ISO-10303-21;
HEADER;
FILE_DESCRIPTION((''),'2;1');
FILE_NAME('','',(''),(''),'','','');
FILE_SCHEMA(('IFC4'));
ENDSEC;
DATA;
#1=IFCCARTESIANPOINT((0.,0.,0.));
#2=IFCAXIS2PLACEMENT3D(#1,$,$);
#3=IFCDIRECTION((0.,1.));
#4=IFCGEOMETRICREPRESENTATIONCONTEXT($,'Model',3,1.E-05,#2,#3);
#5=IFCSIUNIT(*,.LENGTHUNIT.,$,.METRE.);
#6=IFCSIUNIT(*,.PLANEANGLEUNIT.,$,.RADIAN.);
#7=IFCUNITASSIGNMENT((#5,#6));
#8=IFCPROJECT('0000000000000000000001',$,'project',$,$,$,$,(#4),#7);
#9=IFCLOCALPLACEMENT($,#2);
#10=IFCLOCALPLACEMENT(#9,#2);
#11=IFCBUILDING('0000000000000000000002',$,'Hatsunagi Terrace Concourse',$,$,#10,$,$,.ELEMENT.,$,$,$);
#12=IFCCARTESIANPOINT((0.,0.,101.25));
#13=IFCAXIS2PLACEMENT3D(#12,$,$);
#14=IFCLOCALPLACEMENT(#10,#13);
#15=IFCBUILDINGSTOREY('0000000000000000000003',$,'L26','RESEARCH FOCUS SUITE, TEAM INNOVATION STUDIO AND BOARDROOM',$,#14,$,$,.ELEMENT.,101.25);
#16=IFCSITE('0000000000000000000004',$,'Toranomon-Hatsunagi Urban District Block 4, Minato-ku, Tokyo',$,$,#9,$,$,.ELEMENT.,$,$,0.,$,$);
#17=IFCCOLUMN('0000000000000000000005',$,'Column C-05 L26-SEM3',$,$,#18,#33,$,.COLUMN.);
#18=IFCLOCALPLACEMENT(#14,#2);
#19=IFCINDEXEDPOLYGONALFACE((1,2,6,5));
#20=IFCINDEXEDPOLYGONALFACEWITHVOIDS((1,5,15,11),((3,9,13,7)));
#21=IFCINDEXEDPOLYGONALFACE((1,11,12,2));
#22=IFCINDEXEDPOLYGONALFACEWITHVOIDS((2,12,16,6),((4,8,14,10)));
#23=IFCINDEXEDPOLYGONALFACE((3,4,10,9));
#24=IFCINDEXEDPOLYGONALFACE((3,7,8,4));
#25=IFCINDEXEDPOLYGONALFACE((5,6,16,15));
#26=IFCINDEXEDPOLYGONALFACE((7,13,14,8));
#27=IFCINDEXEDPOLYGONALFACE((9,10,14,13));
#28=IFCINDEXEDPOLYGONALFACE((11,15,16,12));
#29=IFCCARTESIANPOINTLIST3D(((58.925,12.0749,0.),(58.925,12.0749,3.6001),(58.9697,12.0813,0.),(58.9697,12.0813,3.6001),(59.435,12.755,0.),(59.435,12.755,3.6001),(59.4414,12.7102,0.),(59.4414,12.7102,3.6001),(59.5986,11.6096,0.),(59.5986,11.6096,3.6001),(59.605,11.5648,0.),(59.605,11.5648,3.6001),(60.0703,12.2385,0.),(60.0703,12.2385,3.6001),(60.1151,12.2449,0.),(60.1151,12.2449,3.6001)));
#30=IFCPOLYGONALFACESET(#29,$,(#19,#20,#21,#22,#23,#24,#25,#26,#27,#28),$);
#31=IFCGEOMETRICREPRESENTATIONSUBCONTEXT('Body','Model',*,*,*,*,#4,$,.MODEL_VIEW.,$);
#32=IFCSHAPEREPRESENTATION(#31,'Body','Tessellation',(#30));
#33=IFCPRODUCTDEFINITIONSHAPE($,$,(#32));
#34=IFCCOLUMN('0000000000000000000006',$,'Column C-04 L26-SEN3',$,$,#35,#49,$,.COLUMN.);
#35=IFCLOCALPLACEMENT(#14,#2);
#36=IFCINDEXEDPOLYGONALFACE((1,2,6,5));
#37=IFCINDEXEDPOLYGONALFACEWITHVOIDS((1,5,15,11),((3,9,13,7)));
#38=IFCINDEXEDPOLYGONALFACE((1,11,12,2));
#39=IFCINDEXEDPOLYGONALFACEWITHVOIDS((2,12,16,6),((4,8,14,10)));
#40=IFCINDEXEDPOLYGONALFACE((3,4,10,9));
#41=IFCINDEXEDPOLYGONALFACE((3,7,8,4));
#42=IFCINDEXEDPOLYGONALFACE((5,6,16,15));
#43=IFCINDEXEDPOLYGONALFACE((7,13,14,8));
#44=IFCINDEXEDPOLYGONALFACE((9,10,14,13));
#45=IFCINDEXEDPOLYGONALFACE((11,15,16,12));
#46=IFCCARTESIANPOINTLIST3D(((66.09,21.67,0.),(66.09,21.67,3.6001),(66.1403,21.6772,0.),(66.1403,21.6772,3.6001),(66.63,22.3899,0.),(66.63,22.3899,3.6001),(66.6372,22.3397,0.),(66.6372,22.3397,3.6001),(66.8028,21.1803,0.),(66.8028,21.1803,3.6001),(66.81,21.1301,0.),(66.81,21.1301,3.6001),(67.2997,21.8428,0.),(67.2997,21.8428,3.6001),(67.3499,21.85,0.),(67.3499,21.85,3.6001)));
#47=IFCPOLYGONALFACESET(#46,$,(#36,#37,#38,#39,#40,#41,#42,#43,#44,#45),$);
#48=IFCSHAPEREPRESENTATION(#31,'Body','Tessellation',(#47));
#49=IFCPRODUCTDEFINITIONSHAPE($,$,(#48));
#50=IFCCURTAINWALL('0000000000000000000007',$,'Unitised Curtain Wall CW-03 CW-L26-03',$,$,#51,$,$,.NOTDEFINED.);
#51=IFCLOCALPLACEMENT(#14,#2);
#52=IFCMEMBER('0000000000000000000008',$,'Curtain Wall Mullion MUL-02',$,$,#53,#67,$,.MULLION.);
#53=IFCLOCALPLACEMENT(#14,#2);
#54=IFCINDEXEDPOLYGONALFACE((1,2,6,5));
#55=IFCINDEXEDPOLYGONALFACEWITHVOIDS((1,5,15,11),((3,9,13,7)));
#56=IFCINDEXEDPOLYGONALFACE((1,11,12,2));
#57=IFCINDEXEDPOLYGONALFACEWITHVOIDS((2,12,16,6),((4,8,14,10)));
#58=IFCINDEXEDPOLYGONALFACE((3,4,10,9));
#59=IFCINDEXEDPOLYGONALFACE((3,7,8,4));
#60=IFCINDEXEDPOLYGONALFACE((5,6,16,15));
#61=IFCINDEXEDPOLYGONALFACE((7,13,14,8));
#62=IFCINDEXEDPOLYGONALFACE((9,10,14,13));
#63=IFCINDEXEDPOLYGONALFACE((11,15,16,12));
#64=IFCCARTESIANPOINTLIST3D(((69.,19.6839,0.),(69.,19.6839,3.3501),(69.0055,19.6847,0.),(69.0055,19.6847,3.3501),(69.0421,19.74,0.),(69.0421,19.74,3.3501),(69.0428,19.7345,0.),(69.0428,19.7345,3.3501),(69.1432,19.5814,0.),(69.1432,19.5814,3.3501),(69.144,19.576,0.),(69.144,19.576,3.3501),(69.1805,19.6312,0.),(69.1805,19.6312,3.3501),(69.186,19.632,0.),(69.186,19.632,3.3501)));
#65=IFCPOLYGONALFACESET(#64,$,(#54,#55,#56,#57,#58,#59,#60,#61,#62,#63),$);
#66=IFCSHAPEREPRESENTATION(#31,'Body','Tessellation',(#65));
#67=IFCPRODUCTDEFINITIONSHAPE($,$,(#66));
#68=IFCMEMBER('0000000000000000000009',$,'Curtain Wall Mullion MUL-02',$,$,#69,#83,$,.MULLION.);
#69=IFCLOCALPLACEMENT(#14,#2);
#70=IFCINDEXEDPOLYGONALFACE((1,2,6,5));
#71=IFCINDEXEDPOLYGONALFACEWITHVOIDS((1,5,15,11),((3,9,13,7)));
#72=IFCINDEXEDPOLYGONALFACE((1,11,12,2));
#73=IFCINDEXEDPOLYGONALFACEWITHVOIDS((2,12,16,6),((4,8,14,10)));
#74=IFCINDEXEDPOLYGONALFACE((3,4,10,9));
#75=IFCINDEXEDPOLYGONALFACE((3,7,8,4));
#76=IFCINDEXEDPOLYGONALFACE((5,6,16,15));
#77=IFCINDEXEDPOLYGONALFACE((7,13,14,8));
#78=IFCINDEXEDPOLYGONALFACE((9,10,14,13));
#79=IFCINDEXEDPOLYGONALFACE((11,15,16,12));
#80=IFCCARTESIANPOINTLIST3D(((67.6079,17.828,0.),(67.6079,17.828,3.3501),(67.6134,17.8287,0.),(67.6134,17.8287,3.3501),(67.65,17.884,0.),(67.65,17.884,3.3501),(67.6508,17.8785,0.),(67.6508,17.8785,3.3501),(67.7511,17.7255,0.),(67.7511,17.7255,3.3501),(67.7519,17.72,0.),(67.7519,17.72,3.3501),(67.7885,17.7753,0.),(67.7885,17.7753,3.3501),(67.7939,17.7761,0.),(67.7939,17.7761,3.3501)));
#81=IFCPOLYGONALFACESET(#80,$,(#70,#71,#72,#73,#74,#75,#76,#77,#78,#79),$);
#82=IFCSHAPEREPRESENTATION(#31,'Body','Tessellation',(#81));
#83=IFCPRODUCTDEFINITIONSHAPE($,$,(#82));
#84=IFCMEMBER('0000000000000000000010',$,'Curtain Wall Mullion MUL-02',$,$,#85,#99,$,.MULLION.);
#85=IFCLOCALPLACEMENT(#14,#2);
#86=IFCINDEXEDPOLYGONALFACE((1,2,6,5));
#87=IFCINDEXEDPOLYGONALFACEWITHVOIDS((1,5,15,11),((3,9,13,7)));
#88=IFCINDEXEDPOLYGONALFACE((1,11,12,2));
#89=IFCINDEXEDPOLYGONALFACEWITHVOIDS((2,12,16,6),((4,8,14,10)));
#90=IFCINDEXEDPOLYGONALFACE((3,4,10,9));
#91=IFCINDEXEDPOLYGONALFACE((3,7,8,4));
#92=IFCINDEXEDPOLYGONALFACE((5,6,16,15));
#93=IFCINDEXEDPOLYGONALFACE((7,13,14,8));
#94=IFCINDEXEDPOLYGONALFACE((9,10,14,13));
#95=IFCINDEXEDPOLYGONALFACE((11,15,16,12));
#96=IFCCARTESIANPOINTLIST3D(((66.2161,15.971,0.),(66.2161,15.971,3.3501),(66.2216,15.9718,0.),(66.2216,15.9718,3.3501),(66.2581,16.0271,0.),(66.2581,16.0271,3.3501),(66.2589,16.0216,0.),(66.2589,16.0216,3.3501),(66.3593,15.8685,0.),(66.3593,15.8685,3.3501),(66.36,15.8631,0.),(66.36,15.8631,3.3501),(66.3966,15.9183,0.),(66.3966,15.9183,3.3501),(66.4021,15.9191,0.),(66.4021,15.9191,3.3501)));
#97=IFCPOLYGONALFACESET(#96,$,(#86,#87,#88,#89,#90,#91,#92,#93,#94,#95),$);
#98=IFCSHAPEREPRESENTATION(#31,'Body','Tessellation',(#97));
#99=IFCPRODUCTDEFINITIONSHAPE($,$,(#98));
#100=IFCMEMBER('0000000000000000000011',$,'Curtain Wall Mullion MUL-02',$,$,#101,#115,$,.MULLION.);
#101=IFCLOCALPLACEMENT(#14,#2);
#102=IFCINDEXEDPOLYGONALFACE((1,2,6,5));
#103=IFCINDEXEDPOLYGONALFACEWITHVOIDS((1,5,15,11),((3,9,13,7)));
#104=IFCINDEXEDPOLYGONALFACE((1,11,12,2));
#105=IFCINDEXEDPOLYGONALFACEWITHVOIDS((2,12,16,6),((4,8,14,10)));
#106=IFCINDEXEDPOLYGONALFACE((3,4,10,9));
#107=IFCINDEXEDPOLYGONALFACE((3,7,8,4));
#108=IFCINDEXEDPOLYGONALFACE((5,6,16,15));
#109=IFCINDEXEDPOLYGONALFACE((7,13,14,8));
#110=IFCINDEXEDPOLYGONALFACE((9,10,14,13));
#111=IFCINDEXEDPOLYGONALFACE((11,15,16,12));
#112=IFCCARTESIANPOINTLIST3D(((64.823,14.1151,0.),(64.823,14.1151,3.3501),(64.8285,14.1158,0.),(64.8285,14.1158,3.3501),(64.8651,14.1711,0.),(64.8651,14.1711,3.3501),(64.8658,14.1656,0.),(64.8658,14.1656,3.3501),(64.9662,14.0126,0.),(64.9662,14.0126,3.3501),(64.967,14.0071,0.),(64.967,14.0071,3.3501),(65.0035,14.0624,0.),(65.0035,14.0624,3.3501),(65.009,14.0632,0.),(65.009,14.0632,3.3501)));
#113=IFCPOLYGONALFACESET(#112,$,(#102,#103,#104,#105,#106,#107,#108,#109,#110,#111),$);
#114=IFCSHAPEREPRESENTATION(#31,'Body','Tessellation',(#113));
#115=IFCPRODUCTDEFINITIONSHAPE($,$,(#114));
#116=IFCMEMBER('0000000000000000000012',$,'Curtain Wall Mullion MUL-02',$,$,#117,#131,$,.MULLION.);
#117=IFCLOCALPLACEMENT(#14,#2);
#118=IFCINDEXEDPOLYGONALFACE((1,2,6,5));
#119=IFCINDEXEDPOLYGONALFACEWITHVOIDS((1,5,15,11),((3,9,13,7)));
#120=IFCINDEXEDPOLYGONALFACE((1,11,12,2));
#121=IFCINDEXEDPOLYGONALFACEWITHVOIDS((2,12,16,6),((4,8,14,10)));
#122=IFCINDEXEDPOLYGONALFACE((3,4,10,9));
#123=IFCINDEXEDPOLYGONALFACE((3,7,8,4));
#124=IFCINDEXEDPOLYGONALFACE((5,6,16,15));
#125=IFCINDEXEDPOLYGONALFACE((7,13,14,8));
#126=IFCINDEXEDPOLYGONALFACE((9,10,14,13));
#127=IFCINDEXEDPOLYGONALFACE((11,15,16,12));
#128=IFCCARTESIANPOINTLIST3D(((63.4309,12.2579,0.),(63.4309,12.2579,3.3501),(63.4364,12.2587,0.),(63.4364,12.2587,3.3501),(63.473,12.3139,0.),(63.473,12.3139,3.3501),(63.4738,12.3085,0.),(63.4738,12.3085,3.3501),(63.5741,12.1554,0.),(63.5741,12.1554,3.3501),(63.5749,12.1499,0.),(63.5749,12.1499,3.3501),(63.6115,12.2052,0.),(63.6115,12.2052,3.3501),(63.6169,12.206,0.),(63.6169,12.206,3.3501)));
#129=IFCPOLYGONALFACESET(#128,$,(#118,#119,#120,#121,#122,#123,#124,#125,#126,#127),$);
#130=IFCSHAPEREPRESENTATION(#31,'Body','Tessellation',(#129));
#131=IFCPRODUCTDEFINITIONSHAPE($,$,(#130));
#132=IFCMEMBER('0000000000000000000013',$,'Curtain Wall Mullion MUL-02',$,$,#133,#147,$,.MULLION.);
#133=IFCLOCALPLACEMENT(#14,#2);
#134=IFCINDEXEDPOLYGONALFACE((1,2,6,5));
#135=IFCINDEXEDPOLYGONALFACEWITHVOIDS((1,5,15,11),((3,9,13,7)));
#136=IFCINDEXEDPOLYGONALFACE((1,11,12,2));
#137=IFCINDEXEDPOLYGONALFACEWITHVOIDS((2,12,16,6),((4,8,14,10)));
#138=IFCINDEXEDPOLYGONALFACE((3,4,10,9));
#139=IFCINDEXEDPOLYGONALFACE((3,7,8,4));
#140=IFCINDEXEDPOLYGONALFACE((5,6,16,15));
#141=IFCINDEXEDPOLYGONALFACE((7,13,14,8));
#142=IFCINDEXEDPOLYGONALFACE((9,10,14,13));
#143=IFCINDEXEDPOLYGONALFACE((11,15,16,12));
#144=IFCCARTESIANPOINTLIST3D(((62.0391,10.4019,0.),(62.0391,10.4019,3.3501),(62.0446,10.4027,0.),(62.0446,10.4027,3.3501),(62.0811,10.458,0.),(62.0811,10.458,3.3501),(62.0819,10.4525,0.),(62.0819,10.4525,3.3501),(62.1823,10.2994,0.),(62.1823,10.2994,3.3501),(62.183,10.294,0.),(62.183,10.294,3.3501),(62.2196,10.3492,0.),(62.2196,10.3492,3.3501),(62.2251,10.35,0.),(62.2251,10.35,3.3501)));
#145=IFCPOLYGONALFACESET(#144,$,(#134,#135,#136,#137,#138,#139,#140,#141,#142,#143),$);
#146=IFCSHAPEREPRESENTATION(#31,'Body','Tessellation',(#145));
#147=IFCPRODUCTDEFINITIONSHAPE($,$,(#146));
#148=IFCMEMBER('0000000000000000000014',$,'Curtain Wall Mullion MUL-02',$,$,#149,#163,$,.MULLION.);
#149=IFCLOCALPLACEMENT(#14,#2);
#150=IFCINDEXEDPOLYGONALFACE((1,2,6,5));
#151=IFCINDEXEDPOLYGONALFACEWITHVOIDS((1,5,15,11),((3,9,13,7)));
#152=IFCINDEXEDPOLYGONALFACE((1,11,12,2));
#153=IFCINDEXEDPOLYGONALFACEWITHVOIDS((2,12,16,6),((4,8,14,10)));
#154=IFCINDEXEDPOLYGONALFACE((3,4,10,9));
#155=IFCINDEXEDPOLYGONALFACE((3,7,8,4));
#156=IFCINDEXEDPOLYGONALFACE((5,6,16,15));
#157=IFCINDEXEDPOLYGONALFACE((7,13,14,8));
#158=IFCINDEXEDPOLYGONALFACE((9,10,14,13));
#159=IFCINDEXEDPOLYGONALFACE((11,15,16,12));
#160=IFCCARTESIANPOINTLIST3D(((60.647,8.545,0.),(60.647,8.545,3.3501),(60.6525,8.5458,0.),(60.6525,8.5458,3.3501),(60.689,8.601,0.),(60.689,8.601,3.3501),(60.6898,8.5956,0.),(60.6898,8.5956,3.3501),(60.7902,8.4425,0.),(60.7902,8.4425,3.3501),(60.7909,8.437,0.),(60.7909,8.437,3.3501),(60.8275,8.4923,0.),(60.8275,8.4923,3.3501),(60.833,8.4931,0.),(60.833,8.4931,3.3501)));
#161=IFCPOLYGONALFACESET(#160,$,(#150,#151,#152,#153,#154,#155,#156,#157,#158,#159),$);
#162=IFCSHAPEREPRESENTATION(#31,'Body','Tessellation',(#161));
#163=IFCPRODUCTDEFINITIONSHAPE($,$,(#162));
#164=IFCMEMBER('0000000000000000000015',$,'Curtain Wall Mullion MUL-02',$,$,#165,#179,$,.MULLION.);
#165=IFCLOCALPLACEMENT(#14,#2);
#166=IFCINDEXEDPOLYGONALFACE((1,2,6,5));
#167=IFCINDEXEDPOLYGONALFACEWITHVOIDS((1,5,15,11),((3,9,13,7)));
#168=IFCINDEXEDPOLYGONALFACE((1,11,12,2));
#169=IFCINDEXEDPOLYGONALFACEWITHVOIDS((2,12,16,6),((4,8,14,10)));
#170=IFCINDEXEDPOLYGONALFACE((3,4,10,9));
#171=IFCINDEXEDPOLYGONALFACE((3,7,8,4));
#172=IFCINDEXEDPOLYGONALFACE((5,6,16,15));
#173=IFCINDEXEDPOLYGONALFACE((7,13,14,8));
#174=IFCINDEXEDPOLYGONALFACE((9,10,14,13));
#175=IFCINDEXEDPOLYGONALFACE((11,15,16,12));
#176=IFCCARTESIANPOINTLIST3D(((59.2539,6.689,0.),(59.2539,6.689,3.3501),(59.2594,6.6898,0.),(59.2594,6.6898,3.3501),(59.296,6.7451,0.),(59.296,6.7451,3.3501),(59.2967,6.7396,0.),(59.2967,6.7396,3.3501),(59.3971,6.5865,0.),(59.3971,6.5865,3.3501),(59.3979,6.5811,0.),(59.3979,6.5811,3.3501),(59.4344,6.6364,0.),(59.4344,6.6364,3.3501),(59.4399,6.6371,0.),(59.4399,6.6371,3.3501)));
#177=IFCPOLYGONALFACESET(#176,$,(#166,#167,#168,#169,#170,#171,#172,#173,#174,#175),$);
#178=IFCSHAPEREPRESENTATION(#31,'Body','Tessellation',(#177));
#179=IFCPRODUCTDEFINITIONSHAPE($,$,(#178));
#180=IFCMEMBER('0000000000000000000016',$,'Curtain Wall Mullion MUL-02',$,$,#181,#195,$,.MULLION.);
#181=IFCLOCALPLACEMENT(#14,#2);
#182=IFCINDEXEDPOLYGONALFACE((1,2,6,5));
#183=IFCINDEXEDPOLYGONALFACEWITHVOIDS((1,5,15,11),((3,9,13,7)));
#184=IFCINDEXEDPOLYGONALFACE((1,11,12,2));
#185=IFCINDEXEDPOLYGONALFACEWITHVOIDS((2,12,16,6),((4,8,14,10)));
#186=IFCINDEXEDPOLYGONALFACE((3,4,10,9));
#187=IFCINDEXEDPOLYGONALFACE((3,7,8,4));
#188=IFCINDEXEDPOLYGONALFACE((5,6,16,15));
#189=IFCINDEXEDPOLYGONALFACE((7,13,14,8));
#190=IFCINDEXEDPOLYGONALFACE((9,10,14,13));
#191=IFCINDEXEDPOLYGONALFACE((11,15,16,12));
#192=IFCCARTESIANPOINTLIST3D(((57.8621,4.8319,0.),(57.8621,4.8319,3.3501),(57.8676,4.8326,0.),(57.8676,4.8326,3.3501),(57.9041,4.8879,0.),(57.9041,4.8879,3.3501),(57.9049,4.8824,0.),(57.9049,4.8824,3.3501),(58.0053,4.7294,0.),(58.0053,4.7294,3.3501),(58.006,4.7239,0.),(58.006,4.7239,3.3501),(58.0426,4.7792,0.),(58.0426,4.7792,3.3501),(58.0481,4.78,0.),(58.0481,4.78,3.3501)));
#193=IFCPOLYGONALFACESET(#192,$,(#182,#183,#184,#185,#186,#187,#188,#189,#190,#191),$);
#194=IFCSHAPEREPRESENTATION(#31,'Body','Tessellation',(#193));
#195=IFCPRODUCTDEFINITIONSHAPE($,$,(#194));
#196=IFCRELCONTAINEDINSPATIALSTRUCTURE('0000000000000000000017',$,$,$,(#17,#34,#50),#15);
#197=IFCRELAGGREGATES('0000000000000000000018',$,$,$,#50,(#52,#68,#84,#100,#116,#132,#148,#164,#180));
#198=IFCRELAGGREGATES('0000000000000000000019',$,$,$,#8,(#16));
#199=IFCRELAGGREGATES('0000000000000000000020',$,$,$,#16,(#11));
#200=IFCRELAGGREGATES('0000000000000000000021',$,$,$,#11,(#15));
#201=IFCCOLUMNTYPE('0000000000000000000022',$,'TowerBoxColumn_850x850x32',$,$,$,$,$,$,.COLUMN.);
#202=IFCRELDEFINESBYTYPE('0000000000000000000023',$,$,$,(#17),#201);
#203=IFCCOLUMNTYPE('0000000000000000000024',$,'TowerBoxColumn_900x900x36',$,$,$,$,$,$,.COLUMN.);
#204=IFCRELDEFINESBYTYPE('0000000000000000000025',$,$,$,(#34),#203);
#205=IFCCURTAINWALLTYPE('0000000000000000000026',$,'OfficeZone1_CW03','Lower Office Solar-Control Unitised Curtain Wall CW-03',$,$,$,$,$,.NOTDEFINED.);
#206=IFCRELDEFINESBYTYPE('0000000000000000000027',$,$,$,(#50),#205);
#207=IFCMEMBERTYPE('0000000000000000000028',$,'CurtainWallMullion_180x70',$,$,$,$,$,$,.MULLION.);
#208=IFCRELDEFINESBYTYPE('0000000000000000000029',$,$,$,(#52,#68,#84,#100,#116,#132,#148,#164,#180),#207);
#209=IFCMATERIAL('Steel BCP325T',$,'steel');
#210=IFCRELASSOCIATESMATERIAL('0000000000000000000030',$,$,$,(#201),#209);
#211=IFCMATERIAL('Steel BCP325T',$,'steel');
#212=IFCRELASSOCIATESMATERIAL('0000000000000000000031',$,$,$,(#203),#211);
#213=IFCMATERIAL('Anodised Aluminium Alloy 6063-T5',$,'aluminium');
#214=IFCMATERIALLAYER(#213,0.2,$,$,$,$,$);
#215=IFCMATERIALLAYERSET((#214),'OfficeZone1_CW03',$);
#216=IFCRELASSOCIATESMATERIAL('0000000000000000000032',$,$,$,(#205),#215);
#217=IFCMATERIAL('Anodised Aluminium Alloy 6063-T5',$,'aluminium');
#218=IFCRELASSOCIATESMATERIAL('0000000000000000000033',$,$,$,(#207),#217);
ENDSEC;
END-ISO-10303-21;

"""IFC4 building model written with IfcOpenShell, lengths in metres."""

from ifc_helpers import new_model, si_unit, direction, frame, origin, origin_2d, place, context, subcontext, project, spatial, hollow_rectangle, extrude, material, layer, layer_set, material_profile, profile_set, type_object, element, aggregate, save


model = new_model("IFC4")

# Units and contexts
model_context = context("Model", 3, precision=1e-05, world=origin(), true_north=direction((0.0, 1.0)))
body_context = subcontext(model_context, "Body", "Model", "MODEL_VIEW")
ifc_project = project(units=[si_unit("LENGTHUNIT", "METRE"), si_unit("PLANEANGLEUNIT", "RADIAN")], contexts=[model_context])

# Site, building, storey
site_placement = place(None, origin())
site = spatial("IfcSite", under=ifc_project, at=site_placement, Name="Toranomon-Hatsunagi Urban District Block 4, Minato-ku, Tokyo", CompositionType="ELEMENT", RefElevation=0.0)
building_placement = place(site_placement, origin())
building = spatial("IfcBuilding", under=site, at=building_placement, Name="Hatsunagi Terrace Concourse", CompositionType="ELEMENT")
storey_placement = place(building_placement, frame((0.0, 0.0, 101.25)))
storey = spatial("IfcBuildingStorey", under=building, at=storey_placement, Name="L26", Description="RESEARCH FOCUS SUITE, TEAM INNOVATION STUDIO AND BOARDROOM", CompositionType="ELEMENT", Elevation=101.25)

# Columns
ifc_material_1 = material(Name="Steel BCP325T", Category="steel")
ifc_material_profile_1 = material_profile(ifc_material_1, hollow_rectangle(XDim=0.8501, YDim=0.8501, WallThickness=0.032, at=origin_2d()), Name="BCP-850x850x32")
ifc_profile_set_1 = profile_set([ifc_material_profile_1], Name="Steel BCP325T")
column_type_1 = type_object("IfcColumnType", Name="TowerBoxColumn_850x850x32", PredefinedType="COLUMN", material=ifc_profile_set_1)
column_1_placement = place(storey_placement, frame((59.52, 12.1599, 0.0), z_axis=(0.0, 0.0, 1.0), x_axis=(0.8, -0.6, 0.0)))
element("IfcColumn", 1, at=column_1_placement, inside=storey, type_object=column_type_1, Name="Column C-05 L26-SEM3", PredefinedType="COLUMN", context=body_context, shape_type="SweptSolid", body=[
    extrude(hollow_rectangle(XDim=0.8501, YDim=0.8501, WallThickness=0.032, at=origin_2d()), origin(), (0.0, 0.0, 1.0), 3.6001),
])
ifc_material_2 = material(Name="Steel BCP325T", Category="steel")
ifc_material_profile_2 = material_profile(ifc_material_2, hollow_rectangle(XDim=0.8999, YDim=0.8999, WallThickness=0.0359, at=origin_2d()), Name="BCP-900x900x36")
ifc_profile_set_2 = profile_set([ifc_material_profile_2], Name="Steel BCP325T")
column_type_2 = type_object("IfcColumnType", Name="TowerBoxColumn_900x900x36", PredefinedType="COLUMN", material=ifc_profile_set_2)
column_2_placement = place(storey_placement, frame((66.72, 21.76, 0.0), z_axis=(0.0, 0.0, 1.0), x_axis=(0.8, -0.6, 0.0)))
element("IfcColumn", 2, at=column_2_placement, inside=storey, type_object=column_type_2, Name="Column C-04 L26-SEN3", PredefinedType="COLUMN", context=body_context, shape_type="SweptSolid", body=[
    extrude(hollow_rectangle(XDim=0.8999, YDim=0.8999, WallThickness=0.0359, at=origin_2d()), origin(), (0.0, 0.0, 1.0), 3.6001),
])

# Curtain wall, members
ifc_material_3 = material(Name="Anodised Aluminium Alloy 6063-T5", Category="aluminium")
ifc_layer_1 = layer(ifc_material_3, 0.2)
ifc_layer_set_1 = layer_set([ifc_layer_1], Name="OfficeZone1_CW03")
curtain_wall_type = type_object("IfcCurtainWallType", Name="OfficeZone1_CW03", Description="Lower Office Solar-Control Unitised Curtain Wall CW-03", PredefinedType="NOTDEFINED", material=ifc_layer_set_1)
curtain_wall_placement = place(storey_placement, origin())
curtain_wall = element("IfcCurtainWall", 3, at=curtain_wall_placement, inside=storey, type_object=curtain_wall_type, Name="Unitised Curtain Wall CW-03 CW-L26-03", PredefinedType="NOTDEFINED")
ifc_material_4 = material(Name="Anodised Aluminium Alloy 6063-T5", Category="aluminium")
ifc_material_profile_3 = material_profile(ifc_material_4, hollow_rectangle(XDim=0.0701, YDim=0.1799, WallThickness=0.0039, at=origin_2d()), Name="ALU-MUL-180x70x4")
ifc_profile_set_3 = profile_set([ifc_material_profile_3], Name="Anodised Aluminium Alloy 6063-T5")
member_type_1 = type_object("IfcMemberType", Name="CurtainWallMullion_180x70", PredefinedType="MULLION", material=ifc_profile_set_3)
member_1_placement = place(storey_placement, frame((69.093, 19.658, 0.0), z_axis=(0.0, 0.0, 1.0), x_axis=(-0.599969, -0.800023, 0.0)))
member_1 = element("IfcMember", 4, at=member_1_placement, type_object=member_type_1, Name="Curtain Wall Mullion MUL-02", PredefinedType="MULLION", context=body_context, shape_type="SweptSolid", body=[
    extrude(hollow_rectangle(XDim=0.0701, YDim=0.1799, WallThickness=0.0039, at=origin_2d()), origin(), (0.0, 0.0, 1.0), 3.3501),
])
member_2_placement = place(storey_placement, frame((67.7009, 17.802, 0.0), z_axis=(0.0, 0.0, 1.0), x_axis=(-0.599969, -0.800023, 0.0)))
member_2 = element("IfcMember", 5, at=member_2_placement, type_object=member_type_1, Name="Curtain Wall Mullion MUL-02", PredefinedType="MULLION", context=body_context, shape_type="SweptSolid", body=[
    extrude(hollow_rectangle(XDim=0.0701, YDim=0.1799, WallThickness=0.0039, at=origin_2d()), origin(), (0.0, 0.0, 1.0), 3.3501),
])
member_3_placement = place(storey_placement, frame((66.3091, 15.9451, 0.0), z_axis=(0.0, 0.0, 1.0), x_axis=(-0.599969, -0.800023, 0.0)))
member_3 = element("IfcMember", 6, at=member_3_placement, type_object=member_type_1, Name="Curtain Wall Mullion MUL-02", PredefinedType="MULLION", context=body_context, shape_type="SweptSolid", body=[
    extrude(hollow_rectangle(XDim=0.0701, YDim=0.1799, WallThickness=0.0039, at=origin_2d()), origin(), (0.0, 0.0, 1.0), 3.3501),
])
member_4_placement = place(storey_placement, frame((64.916, 14.0891, 0.0), z_axis=(0.0, 0.0, 1.0), x_axis=(-0.599969, -0.800023, 0.0)))
member_4 = element("IfcMember", 7, at=member_4_placement, type_object=member_type_1, Name="Curtain Wall Mullion MUL-02", PredefinedType="MULLION", context=body_context, shape_type="SweptSolid", body=[
    extrude(hollow_rectangle(XDim=0.0701, YDim=0.1799, WallThickness=0.0039, at=origin_2d()), origin(), (0.0, 0.0, 1.0), 3.3501),
])
member_5_placement = place(storey_placement, frame((63.5239, 12.2319, 0.0), z_axis=(0.0, 0.0, 1.0), x_axis=(-0.599969, -0.800023, 0.0)))
member_5 = element("IfcMember", 8, at=member_5_placement, type_object=member_type_1, Name="Curtain Wall Mullion MUL-02", PredefinedType="MULLION", context=body_context, shape_type="SweptSolid", body=[
    extrude(hollow_rectangle(XDim=0.0701, YDim=0.1799, WallThickness=0.0039, at=origin_2d()), origin(), (0.0, 0.0, 1.0), 3.3501),
])
member_6_placement = place(storey_placement, frame((62.1321, 10.376, 0.0), z_axis=(0.0, 0.0, 1.0), x_axis=(-0.599969, -0.800023, 0.0)))
member_6 = element("IfcMember", 9, at=member_6_placement, type_object=member_type_1, Name="Curtain Wall Mullion MUL-02", PredefinedType="MULLION", context=body_context, shape_type="SweptSolid", body=[
    extrude(hollow_rectangle(XDim=0.0701, YDim=0.1799, WallThickness=0.0039, at=origin_2d()), origin(), (0.0, 0.0, 1.0), 3.3501),
])
member_7_placement = place(storey_placement, frame((60.74, 8.519, 0.0), z_axis=(0.0, 0.0, 1.0), x_axis=(-0.599969, -0.800023, 0.0)))
member_7 = element("IfcMember", 10, at=member_7_placement, type_object=member_type_1, Name="Curtain Wall Mullion MUL-02", PredefinedType="MULLION", context=body_context, shape_type="SweptSolid", body=[
    extrude(hollow_rectangle(XDim=0.0701, YDim=0.1799, WallThickness=0.0039, at=origin_2d()), origin(), (0.0, 0.0, 1.0), 3.3501),
])
member_8_placement = place(storey_placement, frame((59.3469, 6.6631, 0.0), z_axis=(0.0, 0.0, 1.0), x_axis=(-0.599969, -0.800023, 0.0)))
member_8 = element("IfcMember", 11, at=member_8_placement, type_object=member_type_1, Name="Curtain Wall Mullion MUL-02", PredefinedType="MULLION", context=body_context, shape_type="SweptSolid", body=[
    extrude(hollow_rectangle(XDim=0.0701, YDim=0.1799, WallThickness=0.0039, at=origin_2d()), origin(), (0.0, 0.0, 1.0), 3.3501),
])
member_9_placement = place(storey_placement, frame((57.9551, 4.8059, 0.0), z_axis=(0.0, 0.0, 1.0), x_axis=(-0.599969, -0.800023, 0.0)))
member_9 = element("IfcMember", 12, at=member_9_placement, type_object=member_type_1, Name="Curtain Wall Mullion MUL-02", PredefinedType="MULLION", context=body_context, shape_type="SweptSolid", body=[
    extrude(hollow_rectangle(XDim=0.0701, YDim=0.1799, WallThickness=0.0039, at=origin_2d()), origin(), (0.0, 0.0, 1.0), 3.3501),
])

aggregate(curtain_wall, [member_1, member_2, member_3, member_4, member_5, member_6, member_7, member_8, member_9])

save(model, "model.ifc")
